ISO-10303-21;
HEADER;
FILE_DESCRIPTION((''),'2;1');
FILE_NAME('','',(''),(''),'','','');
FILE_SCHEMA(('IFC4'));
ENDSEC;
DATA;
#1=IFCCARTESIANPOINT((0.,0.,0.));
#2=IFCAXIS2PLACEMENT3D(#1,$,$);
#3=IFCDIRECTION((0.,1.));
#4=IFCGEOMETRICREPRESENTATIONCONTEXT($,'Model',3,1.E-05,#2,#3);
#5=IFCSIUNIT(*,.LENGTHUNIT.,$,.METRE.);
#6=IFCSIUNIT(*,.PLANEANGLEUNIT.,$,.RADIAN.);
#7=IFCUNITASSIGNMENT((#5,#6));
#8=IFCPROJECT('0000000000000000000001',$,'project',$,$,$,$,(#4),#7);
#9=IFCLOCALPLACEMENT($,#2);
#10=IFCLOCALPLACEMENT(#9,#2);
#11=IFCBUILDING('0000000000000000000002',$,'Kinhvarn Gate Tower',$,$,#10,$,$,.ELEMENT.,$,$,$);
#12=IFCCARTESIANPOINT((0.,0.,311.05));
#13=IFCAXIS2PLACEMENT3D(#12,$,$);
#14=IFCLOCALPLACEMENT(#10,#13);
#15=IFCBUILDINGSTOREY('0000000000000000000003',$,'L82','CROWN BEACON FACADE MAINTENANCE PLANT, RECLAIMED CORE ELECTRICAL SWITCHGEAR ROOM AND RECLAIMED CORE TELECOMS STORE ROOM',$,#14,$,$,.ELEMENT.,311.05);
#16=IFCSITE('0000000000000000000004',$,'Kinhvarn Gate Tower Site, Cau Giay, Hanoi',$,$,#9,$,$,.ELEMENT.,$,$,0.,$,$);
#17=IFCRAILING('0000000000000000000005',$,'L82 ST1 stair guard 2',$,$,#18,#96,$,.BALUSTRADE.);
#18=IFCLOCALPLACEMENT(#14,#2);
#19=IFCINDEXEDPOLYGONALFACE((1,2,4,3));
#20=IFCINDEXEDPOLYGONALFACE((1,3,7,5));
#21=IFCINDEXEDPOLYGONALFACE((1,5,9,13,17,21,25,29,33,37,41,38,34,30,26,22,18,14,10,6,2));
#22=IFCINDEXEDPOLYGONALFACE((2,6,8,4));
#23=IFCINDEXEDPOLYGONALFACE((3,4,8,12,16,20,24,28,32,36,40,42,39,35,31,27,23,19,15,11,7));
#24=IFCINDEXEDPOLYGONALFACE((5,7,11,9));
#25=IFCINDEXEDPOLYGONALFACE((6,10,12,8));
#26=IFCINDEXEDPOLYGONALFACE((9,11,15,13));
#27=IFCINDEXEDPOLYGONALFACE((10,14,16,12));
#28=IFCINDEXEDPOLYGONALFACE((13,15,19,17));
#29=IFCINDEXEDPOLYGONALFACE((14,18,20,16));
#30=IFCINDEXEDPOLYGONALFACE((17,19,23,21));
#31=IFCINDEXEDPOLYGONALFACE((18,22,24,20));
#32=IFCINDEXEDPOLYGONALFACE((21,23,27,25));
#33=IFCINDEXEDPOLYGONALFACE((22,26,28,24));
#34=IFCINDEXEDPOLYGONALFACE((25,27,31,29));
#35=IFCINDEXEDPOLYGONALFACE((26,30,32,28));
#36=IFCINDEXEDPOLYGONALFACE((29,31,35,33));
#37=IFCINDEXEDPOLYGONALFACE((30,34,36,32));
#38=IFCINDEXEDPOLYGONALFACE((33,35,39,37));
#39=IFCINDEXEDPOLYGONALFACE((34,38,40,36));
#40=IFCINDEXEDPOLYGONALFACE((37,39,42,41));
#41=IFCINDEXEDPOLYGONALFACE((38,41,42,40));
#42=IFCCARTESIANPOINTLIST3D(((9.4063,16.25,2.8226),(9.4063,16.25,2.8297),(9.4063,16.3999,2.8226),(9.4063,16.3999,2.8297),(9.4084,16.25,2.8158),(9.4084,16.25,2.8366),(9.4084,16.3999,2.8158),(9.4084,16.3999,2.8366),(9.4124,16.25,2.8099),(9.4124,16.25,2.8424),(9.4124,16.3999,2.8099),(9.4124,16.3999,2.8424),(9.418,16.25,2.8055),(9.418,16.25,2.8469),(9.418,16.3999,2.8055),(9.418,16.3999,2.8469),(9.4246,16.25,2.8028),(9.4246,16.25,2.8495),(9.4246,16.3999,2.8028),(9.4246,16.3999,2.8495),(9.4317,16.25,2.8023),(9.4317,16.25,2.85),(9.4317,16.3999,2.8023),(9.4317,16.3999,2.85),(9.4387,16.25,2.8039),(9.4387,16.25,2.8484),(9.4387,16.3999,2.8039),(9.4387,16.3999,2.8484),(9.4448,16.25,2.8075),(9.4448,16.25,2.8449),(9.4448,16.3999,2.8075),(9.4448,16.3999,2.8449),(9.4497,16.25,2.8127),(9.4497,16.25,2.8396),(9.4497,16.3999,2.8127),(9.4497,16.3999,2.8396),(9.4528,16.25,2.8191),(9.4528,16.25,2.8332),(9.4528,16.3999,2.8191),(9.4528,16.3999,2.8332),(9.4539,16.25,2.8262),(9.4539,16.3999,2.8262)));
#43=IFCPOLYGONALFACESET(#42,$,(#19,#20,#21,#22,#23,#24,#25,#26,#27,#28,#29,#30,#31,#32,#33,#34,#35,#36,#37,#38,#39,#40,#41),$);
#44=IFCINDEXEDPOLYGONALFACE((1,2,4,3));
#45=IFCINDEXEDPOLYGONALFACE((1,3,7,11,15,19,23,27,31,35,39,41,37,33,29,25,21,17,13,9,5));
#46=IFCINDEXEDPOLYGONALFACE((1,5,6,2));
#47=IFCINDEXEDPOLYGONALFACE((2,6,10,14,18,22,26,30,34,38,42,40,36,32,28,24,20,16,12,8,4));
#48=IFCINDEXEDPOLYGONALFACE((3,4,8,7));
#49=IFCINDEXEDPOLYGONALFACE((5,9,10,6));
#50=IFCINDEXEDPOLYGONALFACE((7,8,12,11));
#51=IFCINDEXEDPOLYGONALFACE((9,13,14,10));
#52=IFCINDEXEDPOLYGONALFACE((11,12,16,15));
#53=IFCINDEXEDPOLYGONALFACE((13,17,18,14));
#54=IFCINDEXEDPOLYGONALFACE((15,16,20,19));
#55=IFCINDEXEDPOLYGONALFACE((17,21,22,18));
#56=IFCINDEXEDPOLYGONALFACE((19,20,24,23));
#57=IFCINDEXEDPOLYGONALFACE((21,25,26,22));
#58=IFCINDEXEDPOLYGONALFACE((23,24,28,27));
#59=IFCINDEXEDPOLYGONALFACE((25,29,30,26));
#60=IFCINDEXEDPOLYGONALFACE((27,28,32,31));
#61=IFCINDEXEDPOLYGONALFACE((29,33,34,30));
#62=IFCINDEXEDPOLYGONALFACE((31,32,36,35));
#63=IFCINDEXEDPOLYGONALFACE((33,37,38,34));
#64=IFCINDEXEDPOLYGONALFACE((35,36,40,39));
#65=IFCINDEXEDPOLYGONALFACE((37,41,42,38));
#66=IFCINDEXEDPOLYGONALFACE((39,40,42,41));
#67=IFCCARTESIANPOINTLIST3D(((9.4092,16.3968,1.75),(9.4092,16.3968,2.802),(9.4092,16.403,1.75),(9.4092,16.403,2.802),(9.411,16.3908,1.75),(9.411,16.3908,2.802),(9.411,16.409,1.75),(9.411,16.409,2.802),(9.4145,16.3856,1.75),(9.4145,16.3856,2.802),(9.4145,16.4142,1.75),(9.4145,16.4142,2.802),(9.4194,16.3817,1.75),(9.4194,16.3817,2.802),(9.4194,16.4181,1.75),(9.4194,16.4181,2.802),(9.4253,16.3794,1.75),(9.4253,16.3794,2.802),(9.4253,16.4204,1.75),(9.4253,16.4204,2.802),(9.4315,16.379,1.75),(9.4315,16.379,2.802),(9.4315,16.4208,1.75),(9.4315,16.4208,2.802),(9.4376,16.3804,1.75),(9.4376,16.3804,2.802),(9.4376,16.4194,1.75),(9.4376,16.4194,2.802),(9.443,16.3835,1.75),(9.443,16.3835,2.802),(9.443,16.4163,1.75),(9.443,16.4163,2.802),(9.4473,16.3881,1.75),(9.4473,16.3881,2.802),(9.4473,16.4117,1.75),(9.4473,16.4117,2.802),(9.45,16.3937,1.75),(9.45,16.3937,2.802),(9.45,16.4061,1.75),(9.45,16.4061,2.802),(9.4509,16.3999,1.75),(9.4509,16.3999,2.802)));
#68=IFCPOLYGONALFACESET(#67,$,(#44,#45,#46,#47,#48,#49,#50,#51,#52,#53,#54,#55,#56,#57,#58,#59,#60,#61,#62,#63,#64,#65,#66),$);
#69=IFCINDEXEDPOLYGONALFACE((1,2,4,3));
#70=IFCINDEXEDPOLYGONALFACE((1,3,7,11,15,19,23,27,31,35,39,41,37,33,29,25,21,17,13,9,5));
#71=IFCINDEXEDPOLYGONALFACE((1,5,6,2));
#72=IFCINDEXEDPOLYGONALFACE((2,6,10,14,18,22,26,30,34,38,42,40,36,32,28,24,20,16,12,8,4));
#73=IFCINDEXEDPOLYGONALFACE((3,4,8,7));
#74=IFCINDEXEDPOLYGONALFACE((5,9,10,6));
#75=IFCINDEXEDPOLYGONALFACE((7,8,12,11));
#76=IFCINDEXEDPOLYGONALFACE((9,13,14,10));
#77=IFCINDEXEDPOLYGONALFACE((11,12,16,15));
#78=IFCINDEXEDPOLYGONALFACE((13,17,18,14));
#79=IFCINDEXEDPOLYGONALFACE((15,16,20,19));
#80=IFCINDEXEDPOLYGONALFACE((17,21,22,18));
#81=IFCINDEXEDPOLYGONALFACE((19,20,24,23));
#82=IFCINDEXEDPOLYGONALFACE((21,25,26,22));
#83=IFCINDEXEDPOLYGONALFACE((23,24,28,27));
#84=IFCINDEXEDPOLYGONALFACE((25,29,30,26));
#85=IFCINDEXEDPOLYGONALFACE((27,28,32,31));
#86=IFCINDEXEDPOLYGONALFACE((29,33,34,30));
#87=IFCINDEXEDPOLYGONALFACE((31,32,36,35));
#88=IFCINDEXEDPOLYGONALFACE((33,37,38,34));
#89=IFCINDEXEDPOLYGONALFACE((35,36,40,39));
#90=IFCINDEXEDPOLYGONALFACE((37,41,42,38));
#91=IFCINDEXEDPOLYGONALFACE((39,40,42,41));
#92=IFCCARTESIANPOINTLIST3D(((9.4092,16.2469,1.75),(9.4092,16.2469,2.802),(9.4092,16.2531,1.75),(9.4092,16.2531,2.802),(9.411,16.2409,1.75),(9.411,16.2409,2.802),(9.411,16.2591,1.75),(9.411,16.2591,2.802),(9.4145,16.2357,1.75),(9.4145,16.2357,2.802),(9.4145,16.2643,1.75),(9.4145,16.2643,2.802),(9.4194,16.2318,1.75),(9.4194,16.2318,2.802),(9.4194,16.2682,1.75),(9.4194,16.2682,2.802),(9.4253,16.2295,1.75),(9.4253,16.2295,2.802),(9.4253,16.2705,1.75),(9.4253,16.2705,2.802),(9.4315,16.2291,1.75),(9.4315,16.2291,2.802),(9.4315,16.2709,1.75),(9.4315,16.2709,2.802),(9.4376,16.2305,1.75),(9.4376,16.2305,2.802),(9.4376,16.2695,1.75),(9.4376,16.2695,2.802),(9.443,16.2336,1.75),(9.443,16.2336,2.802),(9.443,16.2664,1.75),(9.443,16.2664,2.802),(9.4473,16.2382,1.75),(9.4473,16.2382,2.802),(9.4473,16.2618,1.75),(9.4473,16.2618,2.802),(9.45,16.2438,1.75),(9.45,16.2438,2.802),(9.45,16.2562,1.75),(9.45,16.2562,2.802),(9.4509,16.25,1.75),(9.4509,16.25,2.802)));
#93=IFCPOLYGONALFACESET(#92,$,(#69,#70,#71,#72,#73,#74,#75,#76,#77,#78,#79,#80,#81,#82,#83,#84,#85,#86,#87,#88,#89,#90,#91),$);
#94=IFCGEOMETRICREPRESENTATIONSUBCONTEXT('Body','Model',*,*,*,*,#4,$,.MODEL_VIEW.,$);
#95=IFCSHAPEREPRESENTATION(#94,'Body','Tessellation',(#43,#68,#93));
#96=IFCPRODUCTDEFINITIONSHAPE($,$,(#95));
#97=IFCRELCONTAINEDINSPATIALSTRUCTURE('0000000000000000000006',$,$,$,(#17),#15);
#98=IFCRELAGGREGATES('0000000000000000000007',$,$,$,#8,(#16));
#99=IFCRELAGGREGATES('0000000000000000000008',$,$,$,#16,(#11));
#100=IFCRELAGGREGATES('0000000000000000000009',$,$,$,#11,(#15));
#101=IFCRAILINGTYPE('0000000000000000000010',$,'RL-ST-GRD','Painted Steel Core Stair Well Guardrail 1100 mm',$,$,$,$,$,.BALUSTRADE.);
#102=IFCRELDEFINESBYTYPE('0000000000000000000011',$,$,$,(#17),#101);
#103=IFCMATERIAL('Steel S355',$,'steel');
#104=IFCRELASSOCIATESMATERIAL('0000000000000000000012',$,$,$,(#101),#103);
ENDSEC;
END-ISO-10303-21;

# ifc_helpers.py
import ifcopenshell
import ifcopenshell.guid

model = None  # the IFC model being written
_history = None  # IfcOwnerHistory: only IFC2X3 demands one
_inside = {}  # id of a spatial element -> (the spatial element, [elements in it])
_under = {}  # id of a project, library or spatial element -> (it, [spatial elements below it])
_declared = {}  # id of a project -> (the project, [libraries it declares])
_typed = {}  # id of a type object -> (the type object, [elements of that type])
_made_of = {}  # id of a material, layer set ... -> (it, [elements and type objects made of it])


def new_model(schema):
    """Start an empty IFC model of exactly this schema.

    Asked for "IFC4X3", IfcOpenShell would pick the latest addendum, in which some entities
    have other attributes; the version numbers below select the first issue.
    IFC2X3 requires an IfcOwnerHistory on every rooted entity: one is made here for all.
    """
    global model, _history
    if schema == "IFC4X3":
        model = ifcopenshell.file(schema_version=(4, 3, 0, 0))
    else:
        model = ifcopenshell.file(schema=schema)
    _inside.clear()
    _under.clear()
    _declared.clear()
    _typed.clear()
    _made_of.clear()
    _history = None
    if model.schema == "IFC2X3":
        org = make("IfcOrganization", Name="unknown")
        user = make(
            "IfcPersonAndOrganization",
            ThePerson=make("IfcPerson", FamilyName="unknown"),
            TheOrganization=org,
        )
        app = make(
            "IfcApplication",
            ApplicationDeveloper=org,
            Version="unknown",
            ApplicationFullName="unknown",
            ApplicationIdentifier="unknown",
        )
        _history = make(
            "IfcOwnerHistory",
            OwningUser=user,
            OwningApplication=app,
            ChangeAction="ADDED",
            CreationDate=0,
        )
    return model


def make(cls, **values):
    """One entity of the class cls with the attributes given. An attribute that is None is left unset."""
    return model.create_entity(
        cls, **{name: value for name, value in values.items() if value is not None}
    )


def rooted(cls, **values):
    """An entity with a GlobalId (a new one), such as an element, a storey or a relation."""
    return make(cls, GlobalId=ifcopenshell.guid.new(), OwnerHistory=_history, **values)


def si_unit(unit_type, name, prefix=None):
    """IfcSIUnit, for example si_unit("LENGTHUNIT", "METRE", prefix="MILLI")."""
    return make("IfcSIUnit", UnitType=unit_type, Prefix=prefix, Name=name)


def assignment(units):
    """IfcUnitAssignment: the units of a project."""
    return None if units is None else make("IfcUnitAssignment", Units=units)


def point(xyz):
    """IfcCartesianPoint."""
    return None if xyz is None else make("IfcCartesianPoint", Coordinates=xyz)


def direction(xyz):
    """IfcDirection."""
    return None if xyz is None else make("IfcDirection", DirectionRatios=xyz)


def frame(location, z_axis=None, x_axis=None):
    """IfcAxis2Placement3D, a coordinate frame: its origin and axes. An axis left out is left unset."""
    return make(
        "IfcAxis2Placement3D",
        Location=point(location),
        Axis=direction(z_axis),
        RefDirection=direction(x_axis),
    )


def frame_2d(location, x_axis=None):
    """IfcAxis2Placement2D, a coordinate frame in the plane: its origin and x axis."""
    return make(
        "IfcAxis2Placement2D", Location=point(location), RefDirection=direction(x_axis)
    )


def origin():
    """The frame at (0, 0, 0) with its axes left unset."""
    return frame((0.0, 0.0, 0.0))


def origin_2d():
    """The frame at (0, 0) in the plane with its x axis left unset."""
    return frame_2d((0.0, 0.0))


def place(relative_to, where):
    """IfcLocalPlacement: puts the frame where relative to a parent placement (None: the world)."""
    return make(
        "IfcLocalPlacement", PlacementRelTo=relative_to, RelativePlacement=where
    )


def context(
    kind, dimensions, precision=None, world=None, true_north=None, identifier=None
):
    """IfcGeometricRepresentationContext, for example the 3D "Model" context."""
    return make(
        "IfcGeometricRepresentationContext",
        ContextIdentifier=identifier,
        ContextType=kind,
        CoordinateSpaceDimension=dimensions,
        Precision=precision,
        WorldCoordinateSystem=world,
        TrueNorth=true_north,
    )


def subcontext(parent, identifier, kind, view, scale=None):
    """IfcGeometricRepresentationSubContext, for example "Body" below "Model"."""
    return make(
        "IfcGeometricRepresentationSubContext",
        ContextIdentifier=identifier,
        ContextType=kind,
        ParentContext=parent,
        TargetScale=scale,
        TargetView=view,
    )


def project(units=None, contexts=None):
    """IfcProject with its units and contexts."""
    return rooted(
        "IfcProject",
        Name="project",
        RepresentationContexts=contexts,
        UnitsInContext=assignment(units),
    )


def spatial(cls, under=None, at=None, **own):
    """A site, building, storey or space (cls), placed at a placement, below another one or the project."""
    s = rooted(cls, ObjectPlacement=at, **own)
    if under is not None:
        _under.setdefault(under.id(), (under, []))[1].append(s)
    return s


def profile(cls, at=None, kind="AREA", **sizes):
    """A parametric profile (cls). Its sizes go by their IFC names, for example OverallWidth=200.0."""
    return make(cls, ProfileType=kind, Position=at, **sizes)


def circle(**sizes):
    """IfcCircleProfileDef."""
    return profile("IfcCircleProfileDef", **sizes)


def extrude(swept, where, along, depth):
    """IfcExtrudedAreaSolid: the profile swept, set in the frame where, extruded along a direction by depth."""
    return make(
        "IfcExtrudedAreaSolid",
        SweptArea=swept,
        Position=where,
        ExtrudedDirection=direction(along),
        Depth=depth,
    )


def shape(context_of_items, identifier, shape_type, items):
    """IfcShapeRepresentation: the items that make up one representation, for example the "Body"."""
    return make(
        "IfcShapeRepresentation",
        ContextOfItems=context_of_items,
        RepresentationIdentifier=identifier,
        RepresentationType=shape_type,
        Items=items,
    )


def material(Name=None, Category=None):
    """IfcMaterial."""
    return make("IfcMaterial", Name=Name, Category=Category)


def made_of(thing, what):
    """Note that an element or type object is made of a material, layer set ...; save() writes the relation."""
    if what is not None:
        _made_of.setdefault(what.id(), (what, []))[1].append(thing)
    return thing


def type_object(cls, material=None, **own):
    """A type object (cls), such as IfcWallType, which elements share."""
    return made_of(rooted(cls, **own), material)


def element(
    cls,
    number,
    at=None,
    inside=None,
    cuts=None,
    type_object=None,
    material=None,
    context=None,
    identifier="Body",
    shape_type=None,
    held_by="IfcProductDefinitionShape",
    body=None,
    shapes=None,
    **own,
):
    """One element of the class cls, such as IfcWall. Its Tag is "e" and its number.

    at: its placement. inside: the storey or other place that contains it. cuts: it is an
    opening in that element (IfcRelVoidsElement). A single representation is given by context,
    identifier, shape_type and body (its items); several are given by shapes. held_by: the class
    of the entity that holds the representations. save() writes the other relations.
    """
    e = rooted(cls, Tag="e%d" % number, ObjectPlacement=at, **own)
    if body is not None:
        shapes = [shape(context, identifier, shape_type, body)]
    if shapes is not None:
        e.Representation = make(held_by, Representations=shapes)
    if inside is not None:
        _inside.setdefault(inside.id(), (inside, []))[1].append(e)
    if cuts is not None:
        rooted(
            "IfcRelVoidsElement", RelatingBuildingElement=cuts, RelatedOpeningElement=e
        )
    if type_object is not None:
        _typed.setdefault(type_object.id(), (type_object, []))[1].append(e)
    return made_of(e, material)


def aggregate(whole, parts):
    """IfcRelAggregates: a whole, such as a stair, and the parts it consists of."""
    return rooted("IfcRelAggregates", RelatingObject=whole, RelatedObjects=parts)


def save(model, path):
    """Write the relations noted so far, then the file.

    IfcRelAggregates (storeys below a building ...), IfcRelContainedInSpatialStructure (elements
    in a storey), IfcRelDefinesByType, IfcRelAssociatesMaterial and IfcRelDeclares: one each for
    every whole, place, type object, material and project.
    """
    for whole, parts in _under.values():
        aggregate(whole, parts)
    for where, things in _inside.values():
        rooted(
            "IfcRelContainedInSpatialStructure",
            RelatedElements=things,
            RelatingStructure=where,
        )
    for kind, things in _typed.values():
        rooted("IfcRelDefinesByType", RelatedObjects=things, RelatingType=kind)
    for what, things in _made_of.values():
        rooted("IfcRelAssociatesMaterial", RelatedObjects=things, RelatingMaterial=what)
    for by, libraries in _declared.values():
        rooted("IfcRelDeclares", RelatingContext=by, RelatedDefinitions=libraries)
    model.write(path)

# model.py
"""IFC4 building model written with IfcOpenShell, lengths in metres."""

from ifc_helpers import new_model, si_unit, direction, frame, origin, origin_2d, place, context, subcontext, project, spatial, circle, extrude, material, type_object, element, save


model = new_model("IFC4")

# Units and contexts
model_context = context("Model", 3, precision=1e-05, world=origin(), true_north=direction((0.0, 1.0)))
body_context = subcontext(model_context, "Body", "Model", "MODEL_VIEW")
ifc_project = project(units=[si_unit("LENGTHUNIT", "METRE"), si_unit("PLANEANGLEUNIT", "RADIAN")], contexts=[model_context])

# Site, building, storey
site_placement = place(None, origin())
site = spatial("IfcSite", under=ifc_project, at=site_placement, Name="Kinhvarn Gate Tower Site, Cau Giay, Hanoi", CompositionType="ELEMENT", RefElevation=0.0)
building_placement = place(site_placement, origin())
building = spatial("IfcBuilding", under=site, at=building_placement, Name="Kinhvarn Gate Tower", CompositionType="ELEMENT")
storey_placement = place(building_placement, frame((0.0, 0.0, 311.05)))
storey = spatial("IfcBuildingStorey", under=building, at=storey_placement, Name="L82", Description="CROWN BEACON FACADE MAINTENANCE PLANT, RECLAIMED CORE ELECTRICAL SWITCHGEAR ROOM AND RECLAIMED CORE TELECOMS STORE ROOM", CompositionType="ELEMENT", Elevation=311.05)

# Railing
ifc_material_1 = material(Name="Steel S355", Category="steel")
railing_type_1 = type_object("IfcRailingType", Name="RL-ST-GRD", Description="Painted Steel Core Stair Well Guardrail 1100 mm", PredefinedType="BALUSTRADE", material=ifc_material_1)
railing_1_placement = place(storey_placement, frame((9.4299, 16.3999, 1.75)))
element("IfcRailing", 1, at=railing_1_placement, inside=storey, type_object=railing_type_1, Name="L82 ST1 stair guard 2", PredefinedType="BALUSTRADE", context=body_context, shape_type="SweptSolid", body=[
    extrude(circle(Radius=0.0239, at=origin_2d()), frame((0.0, 0.0, 1.0762), z_axis=(0.0, -1.0, 0.0), x_axis=(1.0, 0.0, 0.0)), (0.0, 0.0, 1.0), 0.1499),
    extrude(circle(Radius=0.021, at=origin_2d()), origin(), (0.0, 0.0, 1.0), 1.052),
    extrude(circle(Radius=0.021, at=origin_2d()), frame((0.0, -0.1499, 0.0)), (0.0, 0.0, 1.0), 1.052),
])

save(model, "model.ifc")
